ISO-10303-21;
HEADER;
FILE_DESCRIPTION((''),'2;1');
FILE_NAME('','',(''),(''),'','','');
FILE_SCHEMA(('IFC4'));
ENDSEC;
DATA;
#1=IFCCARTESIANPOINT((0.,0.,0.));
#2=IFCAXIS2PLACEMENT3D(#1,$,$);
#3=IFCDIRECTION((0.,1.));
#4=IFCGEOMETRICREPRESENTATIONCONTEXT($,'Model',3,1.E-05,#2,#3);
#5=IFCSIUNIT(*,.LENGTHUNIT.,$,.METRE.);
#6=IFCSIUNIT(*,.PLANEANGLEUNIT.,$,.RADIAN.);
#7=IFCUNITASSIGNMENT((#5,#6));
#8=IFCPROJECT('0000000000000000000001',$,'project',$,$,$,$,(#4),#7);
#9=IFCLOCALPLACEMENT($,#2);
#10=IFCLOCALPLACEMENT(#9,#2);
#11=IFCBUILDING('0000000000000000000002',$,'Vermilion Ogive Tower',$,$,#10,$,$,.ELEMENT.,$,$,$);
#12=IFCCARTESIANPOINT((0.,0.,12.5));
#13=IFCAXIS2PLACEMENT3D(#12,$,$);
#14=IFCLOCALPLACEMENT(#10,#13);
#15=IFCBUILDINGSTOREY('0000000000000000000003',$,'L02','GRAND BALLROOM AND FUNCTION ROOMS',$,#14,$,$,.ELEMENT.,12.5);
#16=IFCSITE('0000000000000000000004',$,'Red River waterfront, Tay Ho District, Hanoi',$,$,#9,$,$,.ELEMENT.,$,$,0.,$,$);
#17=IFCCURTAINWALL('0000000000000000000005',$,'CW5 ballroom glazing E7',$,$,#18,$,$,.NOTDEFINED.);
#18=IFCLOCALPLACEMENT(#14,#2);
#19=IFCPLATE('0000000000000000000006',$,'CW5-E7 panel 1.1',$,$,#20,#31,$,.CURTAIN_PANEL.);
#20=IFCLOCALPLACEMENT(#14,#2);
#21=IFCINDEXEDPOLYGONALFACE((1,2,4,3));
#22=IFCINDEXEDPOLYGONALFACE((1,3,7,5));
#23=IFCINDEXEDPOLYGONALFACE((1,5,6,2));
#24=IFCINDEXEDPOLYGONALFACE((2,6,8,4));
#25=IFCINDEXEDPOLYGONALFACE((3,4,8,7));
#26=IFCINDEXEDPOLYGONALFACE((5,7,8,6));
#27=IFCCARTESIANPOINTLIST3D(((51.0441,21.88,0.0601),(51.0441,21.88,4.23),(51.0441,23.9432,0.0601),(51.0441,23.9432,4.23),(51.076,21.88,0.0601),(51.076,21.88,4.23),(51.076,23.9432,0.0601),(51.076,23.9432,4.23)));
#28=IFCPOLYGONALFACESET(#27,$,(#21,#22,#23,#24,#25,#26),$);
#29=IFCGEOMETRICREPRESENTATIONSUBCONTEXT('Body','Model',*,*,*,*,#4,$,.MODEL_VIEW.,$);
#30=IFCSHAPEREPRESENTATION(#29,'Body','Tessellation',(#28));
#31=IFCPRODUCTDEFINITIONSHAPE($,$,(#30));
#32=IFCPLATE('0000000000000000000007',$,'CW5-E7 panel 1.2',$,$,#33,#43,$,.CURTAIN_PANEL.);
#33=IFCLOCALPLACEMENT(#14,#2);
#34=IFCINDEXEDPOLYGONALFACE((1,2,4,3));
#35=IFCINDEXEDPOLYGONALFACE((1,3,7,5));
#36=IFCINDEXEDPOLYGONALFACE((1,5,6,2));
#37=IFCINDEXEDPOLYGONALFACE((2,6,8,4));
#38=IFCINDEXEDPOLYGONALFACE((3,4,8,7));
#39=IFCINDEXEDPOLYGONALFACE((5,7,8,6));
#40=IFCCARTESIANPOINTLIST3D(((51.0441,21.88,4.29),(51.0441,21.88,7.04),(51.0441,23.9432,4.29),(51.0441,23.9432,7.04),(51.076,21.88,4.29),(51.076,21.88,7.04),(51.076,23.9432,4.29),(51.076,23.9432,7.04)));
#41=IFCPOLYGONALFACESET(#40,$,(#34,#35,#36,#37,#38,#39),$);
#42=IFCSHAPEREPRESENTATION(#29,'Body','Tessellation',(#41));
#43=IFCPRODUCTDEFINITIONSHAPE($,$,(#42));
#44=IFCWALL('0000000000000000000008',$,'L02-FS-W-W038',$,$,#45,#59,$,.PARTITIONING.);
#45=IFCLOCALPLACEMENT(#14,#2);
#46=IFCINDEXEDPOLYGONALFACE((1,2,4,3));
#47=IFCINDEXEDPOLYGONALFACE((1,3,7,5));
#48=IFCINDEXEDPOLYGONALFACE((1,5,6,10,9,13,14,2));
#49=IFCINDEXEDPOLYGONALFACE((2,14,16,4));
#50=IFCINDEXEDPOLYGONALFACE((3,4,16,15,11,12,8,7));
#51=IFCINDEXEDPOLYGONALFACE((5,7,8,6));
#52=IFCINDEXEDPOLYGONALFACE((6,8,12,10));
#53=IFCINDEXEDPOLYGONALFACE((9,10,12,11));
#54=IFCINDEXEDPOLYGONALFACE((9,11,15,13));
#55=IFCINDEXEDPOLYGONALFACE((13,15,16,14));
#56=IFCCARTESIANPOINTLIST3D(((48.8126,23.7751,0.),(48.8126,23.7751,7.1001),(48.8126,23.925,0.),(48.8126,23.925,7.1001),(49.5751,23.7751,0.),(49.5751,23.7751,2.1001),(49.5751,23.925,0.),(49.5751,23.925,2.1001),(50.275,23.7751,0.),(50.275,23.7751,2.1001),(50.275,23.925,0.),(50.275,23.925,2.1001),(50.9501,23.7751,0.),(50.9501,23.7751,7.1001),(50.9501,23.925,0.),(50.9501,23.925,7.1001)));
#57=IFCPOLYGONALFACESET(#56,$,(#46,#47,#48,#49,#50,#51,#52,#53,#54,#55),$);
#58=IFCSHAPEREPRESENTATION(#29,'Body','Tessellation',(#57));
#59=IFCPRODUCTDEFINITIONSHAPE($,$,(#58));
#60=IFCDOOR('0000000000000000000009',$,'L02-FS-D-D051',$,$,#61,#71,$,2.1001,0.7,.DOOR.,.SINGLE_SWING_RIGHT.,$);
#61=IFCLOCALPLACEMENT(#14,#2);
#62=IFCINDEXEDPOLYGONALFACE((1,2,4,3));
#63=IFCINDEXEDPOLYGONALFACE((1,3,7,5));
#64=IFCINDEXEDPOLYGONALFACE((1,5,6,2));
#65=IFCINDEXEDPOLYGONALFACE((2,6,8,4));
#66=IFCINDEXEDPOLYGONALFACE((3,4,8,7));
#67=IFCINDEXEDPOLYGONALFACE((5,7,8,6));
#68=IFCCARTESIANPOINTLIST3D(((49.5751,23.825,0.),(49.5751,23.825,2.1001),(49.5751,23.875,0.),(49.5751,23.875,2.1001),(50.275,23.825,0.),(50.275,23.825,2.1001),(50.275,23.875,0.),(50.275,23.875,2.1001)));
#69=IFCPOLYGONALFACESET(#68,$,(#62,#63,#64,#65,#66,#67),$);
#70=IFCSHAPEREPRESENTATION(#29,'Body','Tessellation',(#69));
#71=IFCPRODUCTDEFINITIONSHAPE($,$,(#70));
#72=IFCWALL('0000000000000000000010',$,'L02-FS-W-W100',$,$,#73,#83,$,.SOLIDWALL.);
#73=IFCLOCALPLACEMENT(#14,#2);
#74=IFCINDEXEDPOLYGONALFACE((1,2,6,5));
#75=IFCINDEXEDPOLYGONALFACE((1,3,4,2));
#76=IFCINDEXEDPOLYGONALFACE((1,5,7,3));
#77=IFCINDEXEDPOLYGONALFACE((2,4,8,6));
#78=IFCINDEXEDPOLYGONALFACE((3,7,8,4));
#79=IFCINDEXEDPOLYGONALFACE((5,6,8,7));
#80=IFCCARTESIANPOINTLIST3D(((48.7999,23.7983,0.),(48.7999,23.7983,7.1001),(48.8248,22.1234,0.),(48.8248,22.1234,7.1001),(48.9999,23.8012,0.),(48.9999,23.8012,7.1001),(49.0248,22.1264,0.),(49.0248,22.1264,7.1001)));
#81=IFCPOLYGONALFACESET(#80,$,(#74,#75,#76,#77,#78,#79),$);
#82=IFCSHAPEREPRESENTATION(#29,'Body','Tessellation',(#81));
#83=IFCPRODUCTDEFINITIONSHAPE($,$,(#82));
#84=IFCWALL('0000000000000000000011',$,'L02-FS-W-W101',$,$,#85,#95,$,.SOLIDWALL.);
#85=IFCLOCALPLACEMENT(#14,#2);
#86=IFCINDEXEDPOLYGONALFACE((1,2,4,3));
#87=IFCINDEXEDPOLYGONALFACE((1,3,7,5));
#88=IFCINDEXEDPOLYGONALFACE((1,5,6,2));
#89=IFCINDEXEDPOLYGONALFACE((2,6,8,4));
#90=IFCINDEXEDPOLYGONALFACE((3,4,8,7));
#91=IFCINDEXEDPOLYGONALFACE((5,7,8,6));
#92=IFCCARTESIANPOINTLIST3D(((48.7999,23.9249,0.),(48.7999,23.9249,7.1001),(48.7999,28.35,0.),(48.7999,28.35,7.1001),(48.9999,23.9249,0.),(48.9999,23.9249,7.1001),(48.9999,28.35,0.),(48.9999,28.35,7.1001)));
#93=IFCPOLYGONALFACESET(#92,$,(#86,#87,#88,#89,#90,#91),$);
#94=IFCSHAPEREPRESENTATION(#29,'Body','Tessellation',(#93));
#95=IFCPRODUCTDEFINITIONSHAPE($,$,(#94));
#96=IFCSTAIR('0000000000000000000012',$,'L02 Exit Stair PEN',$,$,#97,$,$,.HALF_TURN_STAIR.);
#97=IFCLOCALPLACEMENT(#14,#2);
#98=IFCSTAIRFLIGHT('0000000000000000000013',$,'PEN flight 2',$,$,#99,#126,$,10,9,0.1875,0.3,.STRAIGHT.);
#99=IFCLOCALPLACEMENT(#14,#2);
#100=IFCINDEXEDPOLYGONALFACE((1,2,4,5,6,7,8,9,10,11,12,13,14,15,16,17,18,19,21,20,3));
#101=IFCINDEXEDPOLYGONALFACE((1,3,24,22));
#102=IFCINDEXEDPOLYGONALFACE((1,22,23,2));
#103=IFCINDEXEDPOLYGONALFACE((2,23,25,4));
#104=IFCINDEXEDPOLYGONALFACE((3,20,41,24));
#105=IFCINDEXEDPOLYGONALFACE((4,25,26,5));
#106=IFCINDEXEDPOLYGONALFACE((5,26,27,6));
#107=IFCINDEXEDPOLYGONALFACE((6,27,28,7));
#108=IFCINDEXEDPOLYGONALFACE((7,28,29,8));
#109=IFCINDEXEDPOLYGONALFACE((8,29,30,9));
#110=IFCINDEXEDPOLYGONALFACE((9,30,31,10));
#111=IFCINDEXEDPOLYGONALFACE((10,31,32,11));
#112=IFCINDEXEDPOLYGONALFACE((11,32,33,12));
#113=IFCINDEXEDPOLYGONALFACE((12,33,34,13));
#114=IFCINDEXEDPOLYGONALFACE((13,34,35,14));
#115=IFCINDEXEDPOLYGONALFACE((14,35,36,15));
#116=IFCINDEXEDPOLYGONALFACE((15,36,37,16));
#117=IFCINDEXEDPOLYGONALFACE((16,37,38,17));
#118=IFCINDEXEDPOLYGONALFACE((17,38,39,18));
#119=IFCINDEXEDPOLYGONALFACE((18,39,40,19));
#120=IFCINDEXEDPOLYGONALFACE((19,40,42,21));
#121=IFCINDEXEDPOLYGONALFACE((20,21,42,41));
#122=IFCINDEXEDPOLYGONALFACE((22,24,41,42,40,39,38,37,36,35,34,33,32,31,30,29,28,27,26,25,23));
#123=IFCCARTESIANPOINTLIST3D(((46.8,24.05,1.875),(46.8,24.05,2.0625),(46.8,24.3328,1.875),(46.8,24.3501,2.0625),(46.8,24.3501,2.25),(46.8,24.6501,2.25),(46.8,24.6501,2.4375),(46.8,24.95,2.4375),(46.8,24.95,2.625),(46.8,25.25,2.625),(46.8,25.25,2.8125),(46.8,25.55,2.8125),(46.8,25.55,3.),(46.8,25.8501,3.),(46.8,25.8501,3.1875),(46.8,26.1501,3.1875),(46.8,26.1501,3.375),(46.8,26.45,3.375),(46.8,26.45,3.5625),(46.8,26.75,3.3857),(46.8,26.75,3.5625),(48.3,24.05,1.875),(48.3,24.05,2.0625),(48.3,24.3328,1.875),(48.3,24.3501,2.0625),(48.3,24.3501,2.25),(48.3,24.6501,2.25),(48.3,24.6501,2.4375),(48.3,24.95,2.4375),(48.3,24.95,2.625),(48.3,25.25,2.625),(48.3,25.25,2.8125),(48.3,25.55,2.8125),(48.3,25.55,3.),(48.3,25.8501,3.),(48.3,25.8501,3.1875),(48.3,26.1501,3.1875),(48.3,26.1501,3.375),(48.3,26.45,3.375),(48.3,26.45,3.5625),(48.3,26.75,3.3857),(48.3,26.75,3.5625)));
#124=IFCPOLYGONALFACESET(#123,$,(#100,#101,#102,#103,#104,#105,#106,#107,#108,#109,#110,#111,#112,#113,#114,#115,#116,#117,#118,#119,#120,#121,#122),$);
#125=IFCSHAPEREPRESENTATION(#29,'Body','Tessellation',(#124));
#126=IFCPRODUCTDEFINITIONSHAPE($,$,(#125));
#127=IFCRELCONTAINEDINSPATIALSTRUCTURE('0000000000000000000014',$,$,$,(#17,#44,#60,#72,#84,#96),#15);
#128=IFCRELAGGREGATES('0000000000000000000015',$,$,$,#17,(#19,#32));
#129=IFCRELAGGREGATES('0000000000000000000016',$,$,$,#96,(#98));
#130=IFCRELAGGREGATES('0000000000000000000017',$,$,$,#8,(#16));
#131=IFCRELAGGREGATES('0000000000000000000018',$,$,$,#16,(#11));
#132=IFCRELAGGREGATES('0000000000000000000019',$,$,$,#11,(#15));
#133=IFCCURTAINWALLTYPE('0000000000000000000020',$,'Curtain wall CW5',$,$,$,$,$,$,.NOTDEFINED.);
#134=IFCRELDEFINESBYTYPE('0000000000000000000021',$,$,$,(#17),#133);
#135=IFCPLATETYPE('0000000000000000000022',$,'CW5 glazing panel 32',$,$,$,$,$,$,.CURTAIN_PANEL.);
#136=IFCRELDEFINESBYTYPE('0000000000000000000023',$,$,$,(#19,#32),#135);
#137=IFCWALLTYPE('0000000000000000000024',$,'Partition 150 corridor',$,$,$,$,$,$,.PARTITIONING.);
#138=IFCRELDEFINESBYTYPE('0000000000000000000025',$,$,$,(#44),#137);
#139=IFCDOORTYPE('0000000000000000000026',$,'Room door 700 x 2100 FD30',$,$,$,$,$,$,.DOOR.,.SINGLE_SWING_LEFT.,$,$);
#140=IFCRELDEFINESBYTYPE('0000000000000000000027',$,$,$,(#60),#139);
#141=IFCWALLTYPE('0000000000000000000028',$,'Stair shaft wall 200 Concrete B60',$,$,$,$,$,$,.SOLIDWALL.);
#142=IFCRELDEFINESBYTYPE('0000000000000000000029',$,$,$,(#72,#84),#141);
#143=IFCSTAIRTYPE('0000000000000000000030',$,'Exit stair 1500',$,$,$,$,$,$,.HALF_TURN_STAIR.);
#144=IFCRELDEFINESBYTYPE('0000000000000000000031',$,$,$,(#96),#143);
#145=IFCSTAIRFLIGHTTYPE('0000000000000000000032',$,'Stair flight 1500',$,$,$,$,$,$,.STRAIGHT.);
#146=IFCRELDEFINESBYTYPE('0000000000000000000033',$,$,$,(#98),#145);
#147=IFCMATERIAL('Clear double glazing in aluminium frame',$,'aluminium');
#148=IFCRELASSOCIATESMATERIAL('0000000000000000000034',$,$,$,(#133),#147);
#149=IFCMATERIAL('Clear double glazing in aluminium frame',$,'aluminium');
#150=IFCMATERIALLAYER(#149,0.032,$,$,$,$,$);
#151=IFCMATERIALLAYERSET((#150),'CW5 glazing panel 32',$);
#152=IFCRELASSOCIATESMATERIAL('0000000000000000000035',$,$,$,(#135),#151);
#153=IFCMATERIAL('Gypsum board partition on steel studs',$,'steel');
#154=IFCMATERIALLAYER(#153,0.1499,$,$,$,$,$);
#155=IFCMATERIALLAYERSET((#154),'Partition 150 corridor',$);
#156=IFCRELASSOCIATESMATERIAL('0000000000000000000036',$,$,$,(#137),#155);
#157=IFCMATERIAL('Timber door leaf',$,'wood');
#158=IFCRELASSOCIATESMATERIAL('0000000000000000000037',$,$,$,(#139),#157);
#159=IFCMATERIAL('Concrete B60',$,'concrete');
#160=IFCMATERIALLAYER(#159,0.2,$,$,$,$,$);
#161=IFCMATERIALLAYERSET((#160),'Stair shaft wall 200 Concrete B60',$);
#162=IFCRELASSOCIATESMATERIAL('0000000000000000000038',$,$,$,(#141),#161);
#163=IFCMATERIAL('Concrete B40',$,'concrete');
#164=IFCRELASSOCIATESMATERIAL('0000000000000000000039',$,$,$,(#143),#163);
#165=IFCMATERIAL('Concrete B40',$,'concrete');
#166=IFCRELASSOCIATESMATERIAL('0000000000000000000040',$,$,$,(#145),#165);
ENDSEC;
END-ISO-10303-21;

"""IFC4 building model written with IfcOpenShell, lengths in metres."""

from ifc_helpers import new_model, si_unit, direction, frame, frame_2d, origin, origin_2d, place, context, subcontext, project, spatial, polyline, rectangle, outline, extrude, material, layer, layer_set, type_object, element, fill, aggregate, save


model = new_model("IFC4")

# Units and contexts
model_context = context("Model", 3, precision=1e-05, world=origin(), true_north=direction((0.0, 1.0)))
body_context = subcontext(model_context, "Body", "Model", "MODEL_VIEW")
ifc_project = project(units=[si_unit("LENGTHUNIT", "METRE"), si_unit("PLANEANGLEUNIT", "RADIAN")], contexts=[model_context])

# Site, building, storey
site_placement = place(None, origin())
site = spatial("IfcSite", under=ifc_project, at=site_placement, Name="Red River waterfront, Tay Ho District, Hanoi", CompositionType="ELEMENT", RefElevation=0.0)
building_placement = place(site_placement, origin())
building = spatial("IfcBuilding", under=site, at=building_placement, Name="Vermilion Ogive Tower", CompositionType="ELEMENT")
storey_placement = place(building_placement, frame((0.0, 0.0, 12.5)))
storey = spatial("IfcBuildingStorey", under=building, at=storey_placement, Name="L02", Description="GRAND BALLROOM AND FUNCTION ROOMS", CompositionType="ELEMENT", Elevation=12.5)

# Curtain wall
ifc_material_1 = material(Name="Clear double glazing in aluminium frame", Category="aluminium")
curtain_wall_type = type_object("IfcCurtainWallType", Name="Curtain wall CW5", PredefinedType="NOTDEFINED", material=ifc_material_1)
curtain_wall_1_placement = place(storey_placement, origin())
curtain_wall_1 = element("IfcCurtainWall", 1, at=curtain_wall_1_placement, inside=storey, type_object=curtain_wall_type, Name="CW5 ballroom glazing E7", PredefinedType="NOTDEFINED")

# Plates
ifc_material_2 = material(Name="Clear double glazing in aluminium frame", Category="aluminium")
ifc_layer_1 = layer(ifc_material_2, 0.032)
ifc_layer_set_1 = layer_set([ifc_layer_1], Name="CW5 glazing panel 32")
plate_type = type_object("IfcPlateType", Name="CW5 glazing panel 32", PredefinedType="CURTAIN_PANEL", material=ifc_layer_set_1)
plate_1_placement = place(storey_placement, frame((51.0601, 22.9116, 0.0601), z_axis=(0.0, 0.0, 1.0), x_axis=(0.0, 1.0, 0.0)))
plate_1 = element("IfcPlate", 2, at=plate_1_placement, type_object=plate_type, Name="CW5-E7 panel 1.1", PredefinedType="CURTAIN_PANEL", context=body_context, shape_type="SweptSolid", body=[
    extrude(rectangle(XDim=2.0632, YDim=0.032, at=origin_2d()), origin(), (0.0, 0.0, 1.0), 4.1699),
])
plate_2_placement = place(storey_placement, frame((51.0601, 22.9116, 4.29), z_axis=(0.0, 0.0, 1.0), x_axis=(0.0, 1.0, 0.0)))
plate_2 = element("IfcPlate", 3, at=plate_2_placement, type_object=plate_type, Name="CW5-E7 panel 1.2", PredefinedType="CURTAIN_PANEL", context=body_context, shape_type="SweptSolid", body=[
    extrude(rectangle(XDim=2.0632, YDim=0.032, at=origin_2d()), origin(), (0.0, 0.0, 1.0), 2.75),
])
aggregate(curtain_wall_1, [plate_1, plate_2])

# Wall, opening, door
ifc_material_3 = material(Name="Gypsum board partition on steel studs", Category="steel")
ifc_layer_2 = layer(ifc_material_3, 0.1499)
ifc_layer_set_2 = layer_set([ifc_layer_2], Name="Partition 150 corridor")
wall_type_1 = type_object("IfcWallType", Name="Partition 150 corridor", PredefinedType="PARTITIONING", material=ifc_layer_set_2)
wall_1_placement = place(storey_placement, frame((48.8125, 23.8501, 0.0), z_axis=(0.0, 0.0, 1.0), x_axis=(1.0, 0.0, 0.0)))
wall_1 = element("IfcWall", 4, at=wall_1_placement, inside=storey, type_object=wall_type_1, Name="L02-FS-W-W038", PredefinedType="PARTITIONING", context=body_context, shape_type="SweptSolid", body=[
    extrude(rectangle(XDim=2.1375, YDim=0.1499, at=frame_2d((1.0688, 0.0))), origin(), (0.0, 0.0, 1.0), 7.1001),
])
opening_placement = place(wall_1_placement, frame((0.7625, 0.0, 0.0)))
opening = element("IfcOpeningElement", 5, at=opening_placement, cuts=wall_1, PredefinedType="OPENING", context=body_context, shape_type="SweptSolid", body=[
    extrude(rectangle(XDim=0.7, YDim=2.1001, at=frame_2d((0.3501, 1.05))), frame((0.0, 0.085, 0.0), z_axis=(0.0, -1.0, 0.0), x_axis=(1.0, 0.0, 0.0)), (0.0, 0.0, 1.0), 0.1699),
])
ifc_material_4 = material(Name="Timber door leaf", Category="wood")
door_type = type_object("IfcDoorType", Name="Room door 700 x 2100 FD30", OperationType="SINGLE_SWING_LEFT", PredefinedType="DOOR", material=ifc_material_4)
door_placement = place(opening_placement, origin())
door = element("IfcDoor", 6, at=door_placement, inside=storey, type_object=door_type, Name="L02-FS-D-D051", OperationType="SINGLE_SWING_RIGHT", OverallHeight=2.1001, OverallWidth=0.7, PredefinedType="DOOR", context=body_context, shape_type="SweptSolid", body=[
    extrude(rectangle(XDim=0.7, YDim=2.1001, at=frame_2d((0.3501, 1.05))), frame((0.0, 0.0249, 0.0), z_axis=(0.0, -1.0, 0.0), x_axis=(1.0, 0.0, 0.0)), (0.0, 0.0, 1.0), 0.05),
])
fill(opening, door)

# Walls
ifc_material_5 = material(Name="Concrete B60", Category="concrete")
ifc_layer_3 = layer(ifc_material_5, 0.2)
ifc_layer_set_3 = layer_set([ifc_layer_3], Name="Stair shaft wall 200 Concrete B60")
wall_type_2 = type_object("IfcWallType", Name="Stair shaft wall 200 Concrete B60", PredefinedType="SOLIDWALL", material=ifc_layer_set_3)
wall_2_placement = place(storey_placement, frame((48.9248, 22.125, 0.0), z_axis=(0.0, 0.0, 1.0), x_axis=(-0.014867, 0.999889, 0.0)))
element("IfcWall", 7, at=wall_2_placement, inside=storey, type_object=wall_type_2, Name="L02-FS-W-W100", PredefinedType="SOLIDWALL", context=body_context, shape_type="SweptSolid", body=[
    extrude(rectangle(XDim=1.675, YDim=0.2, at=frame_2d((0.8374, 0.0))), origin(), (0.0, 0.0, 1.0), 7.1001),
])
wall_3_placement = place(storey_placement, frame((48.8999, 23.925, 0.0), z_axis=(0.0, 0.0, 1.0), x_axis=(0.0, 1.0, 0.0)))
element("IfcWall", 8, at=wall_3_placement, inside=storey, type_object=wall_type_2, Name="L02-FS-W-W101", PredefinedType="SOLIDWALL", context=body_context, shape_type="SweptSolid", body=[
    extrude(rectangle(XDim=4.425, YDim=0.2, at=frame_2d((2.2124, 0.0))), origin(), (0.0, 0.0, 1.0), 7.1001),
])

# Stair, stair flight
ifc_material_6 = material(Name="Concrete B40", Category="concrete")
stair_type = type_object("IfcStairType", Name="Exit stair 1500", PredefinedType="HALF_TURN_STAIR", material=ifc_material_6)
stair_placement = place(storey_placement, origin())
stair = element("IfcStair", 9, at=stair_placement, inside=storey, type_object=stair_type, Name="L02 Exit Stair PEN", PredefinedType="HALF_TURN_STAIR")
ifc_material_7 = material(Name="Concrete B40", Category="concrete")
stair_flight_type = type_object("IfcStairFlightType", Name="Stair flight 1500", PredefinedType="STRAIGHT", material=ifc_material_7)
stair_flight_placement = place(storey_placement, frame((47.55, 24.05, 1.875), z_axis=(0.0, 0.0, 1.0), x_axis=(0.0, 1.0, 0.0)))
stair_flight = element("IfcStairFlight", 10, at=stair_flight_placement, type_object=stair_flight_type, Name="PEN flight 2", NumberOfRisers=10, NumberOfTreads=9, PredefinedType="STRAIGHT", RiserHeight=0.1875, TreadLength=0.3, context=body_context, shape_type="SweptSolid", body=[
    extrude(outline(polyline([(0.0, 0.0), (0.0, 0.1875), (0.3, 0.1875), (0.3, 0.375), (0.6001, 0.375), (0.6001, 0.5625), (0.8999, 0.5625), (0.8999, 0.75), (1.2, 0.75), (1.2, 0.9375), (1.5, 0.9375), (1.5, 1.125), (1.8, 1.125), (1.8, 1.3125), (2.1001, 1.3125), (2.1001, 1.5), (2.3999, 1.5), (2.3999, 1.6875), (2.7, 1.6875), (2.7, 1.875), (2.7, 1.5107), (0.2827, 0.0), (0.0, 0.0)])), frame((0.0, 0.75, 0.0), z_axis=(0.0, -1.0, 0.0), x_axis=(1.0, 0.0, 0.0)), (0.0, 0.0, 1.0), 1.5),
])
aggregate(stair, [stair_flight])

save(model, "model.ifc")
